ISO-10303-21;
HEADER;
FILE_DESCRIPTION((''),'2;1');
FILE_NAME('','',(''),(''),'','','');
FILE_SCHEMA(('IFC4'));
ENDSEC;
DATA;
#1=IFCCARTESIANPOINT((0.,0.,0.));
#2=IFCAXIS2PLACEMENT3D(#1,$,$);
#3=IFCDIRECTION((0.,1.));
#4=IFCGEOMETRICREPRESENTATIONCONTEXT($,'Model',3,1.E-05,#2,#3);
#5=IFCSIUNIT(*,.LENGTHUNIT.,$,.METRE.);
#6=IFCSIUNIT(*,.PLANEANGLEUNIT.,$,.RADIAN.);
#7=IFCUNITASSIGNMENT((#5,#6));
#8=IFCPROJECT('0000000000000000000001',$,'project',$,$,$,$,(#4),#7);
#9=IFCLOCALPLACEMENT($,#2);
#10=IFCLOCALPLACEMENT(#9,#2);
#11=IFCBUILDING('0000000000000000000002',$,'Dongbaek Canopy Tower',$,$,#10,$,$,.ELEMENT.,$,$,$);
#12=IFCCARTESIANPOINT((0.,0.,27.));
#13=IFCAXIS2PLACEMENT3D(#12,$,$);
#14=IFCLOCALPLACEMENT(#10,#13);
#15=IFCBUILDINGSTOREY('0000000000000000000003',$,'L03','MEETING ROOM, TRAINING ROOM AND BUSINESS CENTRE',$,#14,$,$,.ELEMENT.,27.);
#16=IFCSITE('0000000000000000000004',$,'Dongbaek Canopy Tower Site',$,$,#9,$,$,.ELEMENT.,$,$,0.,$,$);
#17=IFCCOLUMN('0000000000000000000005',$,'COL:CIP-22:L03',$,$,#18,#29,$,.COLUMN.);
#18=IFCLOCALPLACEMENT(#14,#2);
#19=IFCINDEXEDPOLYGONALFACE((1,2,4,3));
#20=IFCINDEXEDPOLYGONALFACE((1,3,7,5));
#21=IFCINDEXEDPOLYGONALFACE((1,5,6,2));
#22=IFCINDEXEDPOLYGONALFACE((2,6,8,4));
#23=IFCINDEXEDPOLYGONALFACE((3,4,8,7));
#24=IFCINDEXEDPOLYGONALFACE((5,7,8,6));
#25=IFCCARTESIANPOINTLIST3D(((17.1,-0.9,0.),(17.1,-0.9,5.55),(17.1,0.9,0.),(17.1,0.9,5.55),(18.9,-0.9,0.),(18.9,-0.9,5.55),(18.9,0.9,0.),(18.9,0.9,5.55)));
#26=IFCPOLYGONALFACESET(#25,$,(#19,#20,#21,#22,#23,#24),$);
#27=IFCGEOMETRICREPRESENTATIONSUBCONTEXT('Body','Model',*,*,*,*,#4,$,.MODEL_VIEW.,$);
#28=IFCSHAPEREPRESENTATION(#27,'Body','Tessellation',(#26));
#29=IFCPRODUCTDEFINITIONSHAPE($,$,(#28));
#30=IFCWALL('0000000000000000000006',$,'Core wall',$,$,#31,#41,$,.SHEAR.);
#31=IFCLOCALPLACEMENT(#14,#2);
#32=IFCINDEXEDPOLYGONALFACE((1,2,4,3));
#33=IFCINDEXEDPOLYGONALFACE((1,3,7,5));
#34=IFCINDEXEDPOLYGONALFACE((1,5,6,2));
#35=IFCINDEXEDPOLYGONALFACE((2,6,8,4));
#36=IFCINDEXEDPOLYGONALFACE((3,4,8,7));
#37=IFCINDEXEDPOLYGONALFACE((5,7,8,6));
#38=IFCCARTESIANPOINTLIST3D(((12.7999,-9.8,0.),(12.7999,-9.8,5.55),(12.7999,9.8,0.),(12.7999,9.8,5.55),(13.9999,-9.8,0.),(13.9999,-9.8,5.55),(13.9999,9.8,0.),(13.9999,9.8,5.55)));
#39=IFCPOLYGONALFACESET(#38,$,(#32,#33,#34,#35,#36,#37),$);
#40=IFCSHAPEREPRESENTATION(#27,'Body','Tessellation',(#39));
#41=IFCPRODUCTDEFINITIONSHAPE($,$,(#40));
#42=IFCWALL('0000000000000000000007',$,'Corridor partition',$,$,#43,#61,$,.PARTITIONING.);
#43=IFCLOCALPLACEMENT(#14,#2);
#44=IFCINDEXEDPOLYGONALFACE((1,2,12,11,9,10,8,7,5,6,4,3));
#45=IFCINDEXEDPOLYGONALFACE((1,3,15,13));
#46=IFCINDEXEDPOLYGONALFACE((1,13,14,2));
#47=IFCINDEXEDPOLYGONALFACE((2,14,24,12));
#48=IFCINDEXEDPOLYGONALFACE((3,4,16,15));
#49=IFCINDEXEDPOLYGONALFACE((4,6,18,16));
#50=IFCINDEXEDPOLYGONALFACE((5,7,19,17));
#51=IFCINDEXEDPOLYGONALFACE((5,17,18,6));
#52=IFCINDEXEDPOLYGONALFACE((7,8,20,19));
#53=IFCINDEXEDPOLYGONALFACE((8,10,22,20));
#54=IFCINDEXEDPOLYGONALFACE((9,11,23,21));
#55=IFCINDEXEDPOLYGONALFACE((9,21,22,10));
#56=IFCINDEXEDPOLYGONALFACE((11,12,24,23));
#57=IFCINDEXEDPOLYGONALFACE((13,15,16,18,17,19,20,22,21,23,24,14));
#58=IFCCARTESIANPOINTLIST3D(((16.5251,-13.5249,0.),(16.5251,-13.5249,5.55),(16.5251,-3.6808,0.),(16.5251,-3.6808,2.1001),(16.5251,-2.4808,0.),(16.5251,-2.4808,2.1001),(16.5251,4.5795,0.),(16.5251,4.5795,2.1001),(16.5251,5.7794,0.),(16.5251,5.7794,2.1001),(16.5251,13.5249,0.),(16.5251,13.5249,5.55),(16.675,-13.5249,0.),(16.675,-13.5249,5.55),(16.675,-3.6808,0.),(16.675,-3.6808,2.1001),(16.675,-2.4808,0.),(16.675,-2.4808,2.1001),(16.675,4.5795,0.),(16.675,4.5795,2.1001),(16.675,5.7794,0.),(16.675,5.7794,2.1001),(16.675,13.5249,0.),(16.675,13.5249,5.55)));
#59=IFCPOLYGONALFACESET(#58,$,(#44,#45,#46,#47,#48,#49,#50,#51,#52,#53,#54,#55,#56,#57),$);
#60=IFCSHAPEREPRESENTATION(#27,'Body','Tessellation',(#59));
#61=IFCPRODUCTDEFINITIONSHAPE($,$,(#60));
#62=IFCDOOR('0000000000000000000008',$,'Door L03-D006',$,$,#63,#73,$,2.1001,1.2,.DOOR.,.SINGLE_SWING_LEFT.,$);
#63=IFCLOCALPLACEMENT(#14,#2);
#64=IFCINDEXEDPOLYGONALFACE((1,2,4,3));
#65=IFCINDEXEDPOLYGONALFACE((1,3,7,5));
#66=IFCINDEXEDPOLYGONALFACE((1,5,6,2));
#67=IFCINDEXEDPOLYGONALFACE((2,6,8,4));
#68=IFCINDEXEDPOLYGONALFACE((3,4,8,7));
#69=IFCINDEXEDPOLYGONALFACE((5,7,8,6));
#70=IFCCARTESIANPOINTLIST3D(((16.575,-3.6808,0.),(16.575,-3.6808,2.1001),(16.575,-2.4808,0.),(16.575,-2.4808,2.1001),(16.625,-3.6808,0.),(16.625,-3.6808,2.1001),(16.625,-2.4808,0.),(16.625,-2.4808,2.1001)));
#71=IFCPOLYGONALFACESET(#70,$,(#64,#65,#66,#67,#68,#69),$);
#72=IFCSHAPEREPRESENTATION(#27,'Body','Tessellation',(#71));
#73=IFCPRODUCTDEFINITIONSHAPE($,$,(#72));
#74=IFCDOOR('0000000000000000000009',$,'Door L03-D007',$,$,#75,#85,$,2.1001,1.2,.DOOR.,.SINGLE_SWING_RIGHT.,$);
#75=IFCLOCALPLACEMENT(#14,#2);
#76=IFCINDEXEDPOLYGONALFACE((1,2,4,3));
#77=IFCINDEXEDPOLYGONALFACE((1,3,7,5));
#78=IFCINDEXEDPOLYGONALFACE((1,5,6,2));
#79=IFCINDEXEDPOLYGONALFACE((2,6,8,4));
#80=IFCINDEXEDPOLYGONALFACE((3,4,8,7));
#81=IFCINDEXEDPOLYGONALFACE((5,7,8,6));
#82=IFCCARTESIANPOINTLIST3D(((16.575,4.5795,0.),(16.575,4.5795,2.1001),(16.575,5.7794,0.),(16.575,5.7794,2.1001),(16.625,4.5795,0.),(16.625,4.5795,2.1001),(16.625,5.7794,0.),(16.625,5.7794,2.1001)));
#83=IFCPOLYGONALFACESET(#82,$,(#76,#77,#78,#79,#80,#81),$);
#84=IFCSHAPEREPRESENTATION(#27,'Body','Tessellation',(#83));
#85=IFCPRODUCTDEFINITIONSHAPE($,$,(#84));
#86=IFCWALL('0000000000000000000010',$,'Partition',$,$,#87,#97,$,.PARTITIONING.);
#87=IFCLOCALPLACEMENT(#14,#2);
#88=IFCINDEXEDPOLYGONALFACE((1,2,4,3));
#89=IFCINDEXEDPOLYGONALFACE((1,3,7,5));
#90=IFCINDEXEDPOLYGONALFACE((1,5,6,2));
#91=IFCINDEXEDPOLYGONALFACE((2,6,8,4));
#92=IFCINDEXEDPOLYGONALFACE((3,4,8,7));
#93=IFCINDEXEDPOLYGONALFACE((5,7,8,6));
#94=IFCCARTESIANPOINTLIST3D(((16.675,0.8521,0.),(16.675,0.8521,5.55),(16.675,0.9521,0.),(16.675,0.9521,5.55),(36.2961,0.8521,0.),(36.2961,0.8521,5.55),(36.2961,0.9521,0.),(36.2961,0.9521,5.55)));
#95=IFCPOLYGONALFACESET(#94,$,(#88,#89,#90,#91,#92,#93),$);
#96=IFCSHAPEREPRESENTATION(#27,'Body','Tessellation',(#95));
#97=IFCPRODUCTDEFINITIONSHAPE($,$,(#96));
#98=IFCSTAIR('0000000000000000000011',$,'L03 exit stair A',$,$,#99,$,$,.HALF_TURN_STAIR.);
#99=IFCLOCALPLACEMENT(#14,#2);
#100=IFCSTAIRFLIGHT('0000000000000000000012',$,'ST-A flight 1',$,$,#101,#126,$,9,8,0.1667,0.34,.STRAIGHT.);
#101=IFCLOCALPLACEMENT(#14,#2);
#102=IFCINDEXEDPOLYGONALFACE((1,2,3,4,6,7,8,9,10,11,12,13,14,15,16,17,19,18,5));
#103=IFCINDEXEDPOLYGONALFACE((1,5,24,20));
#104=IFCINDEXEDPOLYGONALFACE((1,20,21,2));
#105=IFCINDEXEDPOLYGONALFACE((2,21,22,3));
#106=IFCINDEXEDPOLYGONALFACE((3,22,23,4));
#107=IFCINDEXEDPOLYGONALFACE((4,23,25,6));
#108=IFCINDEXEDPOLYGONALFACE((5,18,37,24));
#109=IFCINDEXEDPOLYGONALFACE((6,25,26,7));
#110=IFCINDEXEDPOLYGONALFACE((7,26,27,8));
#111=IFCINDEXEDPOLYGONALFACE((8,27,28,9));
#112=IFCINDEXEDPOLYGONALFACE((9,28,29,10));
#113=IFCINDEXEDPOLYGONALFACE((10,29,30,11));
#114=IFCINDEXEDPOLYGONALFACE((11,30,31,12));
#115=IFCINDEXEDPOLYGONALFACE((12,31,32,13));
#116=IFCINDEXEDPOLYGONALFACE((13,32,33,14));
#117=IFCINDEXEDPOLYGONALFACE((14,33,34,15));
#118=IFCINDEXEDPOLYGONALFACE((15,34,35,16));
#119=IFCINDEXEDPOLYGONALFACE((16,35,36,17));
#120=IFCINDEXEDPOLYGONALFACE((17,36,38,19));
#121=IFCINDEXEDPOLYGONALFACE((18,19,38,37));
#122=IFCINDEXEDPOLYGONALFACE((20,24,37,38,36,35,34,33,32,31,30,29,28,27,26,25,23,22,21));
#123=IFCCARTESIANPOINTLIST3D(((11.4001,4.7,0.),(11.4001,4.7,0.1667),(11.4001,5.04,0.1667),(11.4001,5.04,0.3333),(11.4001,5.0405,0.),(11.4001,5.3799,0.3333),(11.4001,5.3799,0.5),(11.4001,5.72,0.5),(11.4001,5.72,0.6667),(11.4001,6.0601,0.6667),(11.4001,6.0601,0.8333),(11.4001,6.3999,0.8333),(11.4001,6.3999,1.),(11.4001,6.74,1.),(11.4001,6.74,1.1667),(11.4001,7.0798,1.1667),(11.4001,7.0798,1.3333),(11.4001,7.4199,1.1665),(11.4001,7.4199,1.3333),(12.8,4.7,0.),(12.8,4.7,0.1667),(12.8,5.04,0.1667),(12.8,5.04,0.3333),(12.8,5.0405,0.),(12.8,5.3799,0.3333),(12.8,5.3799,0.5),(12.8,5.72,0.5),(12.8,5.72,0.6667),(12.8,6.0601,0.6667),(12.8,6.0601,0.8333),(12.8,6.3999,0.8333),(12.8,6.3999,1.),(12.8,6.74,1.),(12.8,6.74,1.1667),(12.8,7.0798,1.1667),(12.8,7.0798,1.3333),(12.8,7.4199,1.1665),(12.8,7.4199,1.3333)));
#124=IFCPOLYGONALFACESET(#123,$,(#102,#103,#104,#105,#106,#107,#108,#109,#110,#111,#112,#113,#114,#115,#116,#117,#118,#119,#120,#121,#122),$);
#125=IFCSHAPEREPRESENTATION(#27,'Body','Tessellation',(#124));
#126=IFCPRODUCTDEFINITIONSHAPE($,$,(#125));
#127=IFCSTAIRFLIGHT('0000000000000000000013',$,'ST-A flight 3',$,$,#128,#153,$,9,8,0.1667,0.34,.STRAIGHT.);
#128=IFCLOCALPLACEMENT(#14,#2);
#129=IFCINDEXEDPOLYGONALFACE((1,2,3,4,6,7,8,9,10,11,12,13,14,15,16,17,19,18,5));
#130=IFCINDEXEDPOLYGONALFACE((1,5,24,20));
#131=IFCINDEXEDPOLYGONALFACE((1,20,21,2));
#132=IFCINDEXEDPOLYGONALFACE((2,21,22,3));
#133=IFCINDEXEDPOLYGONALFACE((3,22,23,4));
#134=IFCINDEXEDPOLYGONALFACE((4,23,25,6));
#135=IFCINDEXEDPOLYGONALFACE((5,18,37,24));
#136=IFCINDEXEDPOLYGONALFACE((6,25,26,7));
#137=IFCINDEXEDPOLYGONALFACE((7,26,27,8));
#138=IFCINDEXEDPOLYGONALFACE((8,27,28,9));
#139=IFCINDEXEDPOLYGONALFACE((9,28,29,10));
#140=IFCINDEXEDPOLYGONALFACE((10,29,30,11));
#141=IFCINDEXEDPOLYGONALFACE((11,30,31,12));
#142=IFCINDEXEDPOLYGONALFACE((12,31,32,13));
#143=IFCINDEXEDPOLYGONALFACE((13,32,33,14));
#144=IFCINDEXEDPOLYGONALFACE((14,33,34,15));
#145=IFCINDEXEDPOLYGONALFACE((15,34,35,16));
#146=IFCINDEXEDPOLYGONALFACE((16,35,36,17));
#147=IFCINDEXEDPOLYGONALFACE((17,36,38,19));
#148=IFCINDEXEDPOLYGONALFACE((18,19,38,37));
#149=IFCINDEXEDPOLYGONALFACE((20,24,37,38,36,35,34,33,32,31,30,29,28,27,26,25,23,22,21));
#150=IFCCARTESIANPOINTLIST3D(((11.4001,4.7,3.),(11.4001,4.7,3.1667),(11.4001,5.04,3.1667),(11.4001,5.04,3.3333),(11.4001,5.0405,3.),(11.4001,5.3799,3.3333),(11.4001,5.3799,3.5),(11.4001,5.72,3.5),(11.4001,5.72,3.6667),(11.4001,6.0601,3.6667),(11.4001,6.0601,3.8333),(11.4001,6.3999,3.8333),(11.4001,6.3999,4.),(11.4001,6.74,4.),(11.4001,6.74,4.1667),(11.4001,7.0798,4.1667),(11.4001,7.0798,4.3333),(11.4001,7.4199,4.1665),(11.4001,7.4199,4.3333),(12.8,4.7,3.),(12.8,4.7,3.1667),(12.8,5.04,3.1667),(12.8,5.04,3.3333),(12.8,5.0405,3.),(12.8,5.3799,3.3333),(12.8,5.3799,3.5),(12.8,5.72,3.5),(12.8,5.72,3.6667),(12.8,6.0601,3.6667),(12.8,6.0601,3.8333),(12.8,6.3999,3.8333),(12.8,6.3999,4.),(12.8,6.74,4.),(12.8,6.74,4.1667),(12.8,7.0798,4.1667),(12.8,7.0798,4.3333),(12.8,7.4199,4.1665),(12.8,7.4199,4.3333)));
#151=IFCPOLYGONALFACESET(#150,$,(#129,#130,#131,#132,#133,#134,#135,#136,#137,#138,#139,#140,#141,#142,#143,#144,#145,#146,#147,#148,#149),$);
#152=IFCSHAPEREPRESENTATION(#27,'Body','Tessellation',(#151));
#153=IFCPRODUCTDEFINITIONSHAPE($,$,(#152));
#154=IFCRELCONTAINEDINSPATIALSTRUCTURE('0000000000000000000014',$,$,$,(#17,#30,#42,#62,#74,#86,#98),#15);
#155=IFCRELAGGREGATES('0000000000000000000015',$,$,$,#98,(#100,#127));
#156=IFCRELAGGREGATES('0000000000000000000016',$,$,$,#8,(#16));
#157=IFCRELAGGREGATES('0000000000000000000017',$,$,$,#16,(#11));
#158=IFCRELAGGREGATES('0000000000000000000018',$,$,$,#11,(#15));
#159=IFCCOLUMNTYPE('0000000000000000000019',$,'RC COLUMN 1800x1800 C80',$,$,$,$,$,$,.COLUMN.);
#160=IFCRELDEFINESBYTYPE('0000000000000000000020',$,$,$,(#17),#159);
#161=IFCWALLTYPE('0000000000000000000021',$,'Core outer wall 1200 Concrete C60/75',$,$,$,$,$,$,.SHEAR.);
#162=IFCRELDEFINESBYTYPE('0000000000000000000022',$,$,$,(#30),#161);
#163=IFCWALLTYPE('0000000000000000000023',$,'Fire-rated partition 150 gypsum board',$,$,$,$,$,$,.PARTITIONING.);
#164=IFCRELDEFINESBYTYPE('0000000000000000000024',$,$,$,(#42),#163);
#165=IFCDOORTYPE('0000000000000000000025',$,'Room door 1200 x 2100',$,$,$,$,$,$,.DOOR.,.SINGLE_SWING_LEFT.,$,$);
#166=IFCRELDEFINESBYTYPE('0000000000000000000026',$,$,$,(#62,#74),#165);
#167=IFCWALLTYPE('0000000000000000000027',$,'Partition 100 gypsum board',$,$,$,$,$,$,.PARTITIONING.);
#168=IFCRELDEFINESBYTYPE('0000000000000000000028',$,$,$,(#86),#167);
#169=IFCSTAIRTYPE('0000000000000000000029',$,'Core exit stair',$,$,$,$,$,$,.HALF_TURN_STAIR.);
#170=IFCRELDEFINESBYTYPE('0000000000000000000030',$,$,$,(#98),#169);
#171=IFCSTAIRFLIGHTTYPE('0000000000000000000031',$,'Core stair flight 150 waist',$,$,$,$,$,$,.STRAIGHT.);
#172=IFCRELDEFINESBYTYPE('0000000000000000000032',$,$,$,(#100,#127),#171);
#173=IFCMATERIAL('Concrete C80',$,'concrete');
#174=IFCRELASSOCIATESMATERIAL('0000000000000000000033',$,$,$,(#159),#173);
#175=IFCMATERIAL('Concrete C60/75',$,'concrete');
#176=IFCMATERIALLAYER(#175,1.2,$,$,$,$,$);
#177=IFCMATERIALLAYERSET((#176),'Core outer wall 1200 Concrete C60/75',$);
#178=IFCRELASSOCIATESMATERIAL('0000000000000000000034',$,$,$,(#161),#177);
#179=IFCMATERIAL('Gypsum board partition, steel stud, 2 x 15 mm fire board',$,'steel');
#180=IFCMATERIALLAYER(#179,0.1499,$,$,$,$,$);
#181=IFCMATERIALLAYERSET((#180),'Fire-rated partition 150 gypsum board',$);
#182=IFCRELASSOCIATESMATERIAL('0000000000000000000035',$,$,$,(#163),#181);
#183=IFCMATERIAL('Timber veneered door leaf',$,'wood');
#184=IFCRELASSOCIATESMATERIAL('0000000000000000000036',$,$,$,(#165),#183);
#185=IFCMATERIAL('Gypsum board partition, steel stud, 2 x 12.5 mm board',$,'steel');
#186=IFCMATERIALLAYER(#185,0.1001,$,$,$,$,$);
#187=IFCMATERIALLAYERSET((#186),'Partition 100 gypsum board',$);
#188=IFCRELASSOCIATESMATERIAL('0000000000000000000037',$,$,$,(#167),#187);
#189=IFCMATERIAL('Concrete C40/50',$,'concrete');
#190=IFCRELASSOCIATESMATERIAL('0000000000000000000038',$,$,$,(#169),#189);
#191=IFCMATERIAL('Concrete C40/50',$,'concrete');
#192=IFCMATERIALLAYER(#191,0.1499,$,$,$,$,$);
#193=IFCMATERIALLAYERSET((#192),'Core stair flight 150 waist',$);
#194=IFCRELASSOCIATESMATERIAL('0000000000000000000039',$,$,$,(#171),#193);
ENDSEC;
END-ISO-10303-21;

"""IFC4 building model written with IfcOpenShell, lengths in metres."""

from ifc_helpers import new_model, si_unit, direction, frame, frame_2d, origin, origin_2d, place, context, subcontext, project, spatial, polyline, rectangle, outline, extrude, material, layer, layer_set, material_profile, profile_set, type_object, element, fill, aggregate, save


model = new_model("IFC4")

# Units and contexts
model_context = context("Model", 3, precision=1e-05, world=origin(), true_north=direction((0.0, 1.0)))
body_context = subcontext(model_context, "Body", "Model", "MODEL_VIEW")
ifc_project = project(units=[si_unit("LENGTHUNIT", "METRE"), si_unit("PLANEANGLEUNIT", "RADIAN")], contexts=[model_context])

# Site, building, storey
site_placement = place(None, origin())
site = spatial("IfcSite", under=ifc_project, at=site_placement, Name="Dongbaek Canopy Tower Site", CompositionType="ELEMENT", RefElevation=0.0)
building_placement = place(site_placement, origin())
building = spatial("IfcBuilding", under=site, at=building_placement, Name="Dongbaek Canopy Tower", CompositionType="ELEMENT")
storey_placement = place(building_placement, frame((0.0, 0.0, 27.0)))
storey = spatial("IfcBuildingStorey", under=building, at=storey_placement, Name="L03", Description="MEETING ROOM, TRAINING ROOM AND BUSINESS CENTRE", CompositionType="ELEMENT", Elevation=27.0)

# Column
ifc_material_1 = material(Name="Concrete C80", Category="concrete")
ifc_material_profile = material_profile(ifc_material_1, rectangle(XDim=1.8, YDim=1.8, at=origin_2d()), Name="RC COLUMN 1800x1800 C80")
ifc_profile_set = profile_set([ifc_material_profile], Name="Concrete C80")
column_type = type_object("IfcColumnType", Name="RC COLUMN 1800x1800 C80", PredefinedType="COLUMN", material=ifc_profile_set)
column_placement = place(storey_placement, frame((18.0, 0.0, 0.0), z_axis=(0.0, 0.0, 1.0), x_axis=(1.0, 0.0, 0.0)))
element("IfcColumn", 1, at=column_placement, inside=storey, type_object=column_type, Name="COL:CIP-22:L03", PredefinedType="COLUMN", context=body_context, shape_type="SweptSolid", body=[
    extrude(rectangle(XDim=1.8, YDim=1.8, at=origin_2d()), origin(), (0.0, 0.0, 1.0), 5.55),
])

# Wall
ifc_material_2 = material(Name="Concrete C60/75", Category="concrete")
ifc_layer_1 = layer(ifc_material_2, 1.2)
ifc_layer_set_1 = layer_set([ifc_layer_1], Name="Core outer wall 1200 Concrete C60/75")
wall_type_1 = type_object("IfcWallType", Name="Core outer wall 1200 Concrete C60/75", PredefinedType="SHEAR", material=ifc_layer_set_1)
wall_1_placement = place(storey_placement, frame((13.3999, 9.8, 0.0), z_axis=(0.0, 0.0, 1.0), x_axis=(0.0, -1.0, 0.0)))
element("IfcWall", 2, at=wall_1_placement, inside=storey, type_object=wall_type_1, Name="Core wall", PredefinedType="SHEAR", context=body_context, shape_type="SweptSolid", body=[
    extrude(rectangle(XDim=19.6001, YDim=1.2, at=frame_2d((9.8, 0.0))), origin(), (0.0, 0.0, 1.0), 5.55),
])

# Wall, openings, doors
ifc_material_3 = material(Name="Gypsum board partition, steel stud, 2 x 15 mm fire board", Category="steel")
ifc_layer_2 = layer(ifc_material_3, 0.1499)
ifc_layer_set_2 = layer_set([ifc_layer_2], Name="Fire-rated partition 150 gypsum board")
wall_type_2 = type_object("IfcWallType", Name="Fire-rated partition 150 gypsum board", PredefinedType="PARTITIONING", material=ifc_layer_set_2)
wall_2_placement = place(storey_placement, frame((16.6001, 13.5249, 0.0), z_axis=(0.0, 0.0, 1.0), x_axis=(0.0, -1.0, 0.0)))
wall_2 = element("IfcWall", 3, at=wall_2_placement, inside=storey, type_object=wall_type_2, Name="Corridor partition", PredefinedType="PARTITIONING", context=body_context, shape_type="SweptSolid", body=[
    extrude(rectangle(XDim=27.0498, YDim=0.1499, at=frame_2d((13.5249, 0.0))), origin(), (0.0, 0.0, 1.0), 5.55),
])
opening_1_placement = place(wall_2_placement, frame((16.0056, 0.0, 0.0)))
opening_1 = element("IfcOpeningElement", 4, at=opening_1_placement, cuts=wall_2, PredefinedType="OPENING", context=body_context, shape_type="SweptSolid", body=[
    extrude(rectangle(XDim=1.2, YDim=2.1001, at=frame_2d((0.6001, 1.05))), frame((0.0, 0.085, 0.0), z_axis=(0.0, -1.0, 0.0), x_axis=(1.0, 0.0, 0.0)), (0.0, 0.0, 1.0), 0.1699),
])
opening_2_placement = place(wall_2_placement, frame((7.7454, 0.0, 0.0)))
opening_2 = element("IfcOpeningElement", 5, at=opening_2_placement, cuts=wall_2, PredefinedType="OPENING", context=body_context, shape_type="SweptSolid", body=[
    extrude(rectangle(XDim=1.2, YDim=2.1001, at=frame_2d((0.6001, 1.05))), frame((0.0, 0.085, 0.0), z_axis=(0.0, -1.0, 0.0), x_axis=(1.0, 0.0, 0.0)), (0.0, 0.0, 1.0), 0.1699),
])
ifc_material_4 = material(Name="Timber veneered door leaf", Category="wood")
door_type = type_object("IfcDoorType", Name="Room door 1200 x 2100", OperationType="SINGLE_SWING_LEFT", PredefinedType="DOOR", material=ifc_material_4)
door_1_placement = place(opening_1_placement, origin())
door_1 = element("IfcDoor", 6, at=door_1_placement, inside=storey, type_object=door_type, Name="Door L03-D006", OperationType="SINGLE_SWING_LEFT", OverallHeight=2.1001, OverallWidth=1.2, PredefinedType="DOOR", context=body_context, shape_type="SweptSolid", body=[
    extrude(rectangle(XDim=1.2, YDim=2.1001, at=frame_2d((0.6001, 1.05))), frame((0.0, 0.0249, 0.0), z_axis=(0.0, -1.0, 0.0), x_axis=(1.0, 0.0, 0.0)), (0.0, 0.0, 1.0), 0.05),
])
fill(opening_1, door_1)
door_2_placement = place(opening_2_placement, origin())
door_2 = element("IfcDoor", 7, at=door_2_placement, inside=storey, type_object=door_type, Name="Door L03-D007", OperationType="SINGLE_SWING_RIGHT", OverallHeight=2.1001, OverallWidth=1.2, PredefinedType="DOOR", context=body_context, shape_type="SweptSolid", body=[
    extrude(rectangle(XDim=1.2, YDim=2.1001, at=frame_2d((0.6001, 1.05))), frame((0.0, 0.0249, 0.0), z_axis=(0.0, -1.0, 0.0), x_axis=(1.0, 0.0, 0.0)), (0.0, 0.0, 1.0), 0.05),
])
fill(opening_2, door_2)

# Wall
ifc_material_5 = material(Name="Gypsum board partition, steel stud, 2 x 12.5 mm board", Category="steel")
ifc_layer_3 = layer(ifc_material_5, 0.1001)
ifc_layer_set_3 = layer_set([ifc_layer_3], Name="Partition 100 gypsum board")
wall_type_3 = type_object("IfcWallType", Name="Partition 100 gypsum board", PredefinedType="PARTITIONING", material=ifc_layer_set_3)
wall_3_placement = place(storey_placement, frame((16.675, 0.9021, 0.0), z_axis=(0.0, 0.0, 1.0), x_axis=(1.0, 0.0, 0.0)))
element("IfcWall", 8, at=wall_3_placement, inside=storey, type_object=wall_type_3, Name="Partition", PredefinedType="PARTITIONING", context=body_context, shape_type="SweptSolid", body=[
    extrude(rectangle(XDim=19.6211, YDim=0.1001, at=frame_2d((9.8105, 0.0))), origin(), (0.0, 0.0, 1.0), 5.55),
])

# Stair, stair flights
ifc_material_6 = material(Name="Concrete C40/50", Category="concrete")
stair_type = type_object("IfcStairType", Name="Core exit stair", PredefinedType="HALF_TURN_STAIR", material=ifc_material_6)
stair_placement = place(storey_placement, origin())
stair = element("IfcStair", 9, at=stair_placement, inside=storey, type_object=stair_type, Name="L03 exit stair A", PredefinedType="HALF_TURN_STAIR")
ifc_material_7 = material(Name="Concrete C40/50", Category="concrete")
ifc_layer_4 = layer(ifc_material_7, 0.1499)
ifc_layer_set_4 = layer_set([ifc_layer_4], Name="Core stair flight 150 waist")
stair_flight_type = type_object("IfcStairFlightType", Name="Core stair flight 150 waist", PredefinedType="STRAIGHT", material=ifc_layer_set_4)
stair_flight_1_placement = place(storey_placement, frame((12.1001, 4.7, 0.0), z_axis=(0.0, 0.0, 1.0), x_axis=(0.0, 1.0, 0.0)))
stair_flight_1 = element("IfcStairFlight", 10, at=stair_flight_1_placement, type_object=stair_flight_type, Name="ST-A flight 1", NumberOfRisers=9, NumberOfTreads=8, PredefinedType="STRAIGHT", RiserHeight=0.1667, TreadLength=0.34, context=body_context, shape_type="SweptSolid", body=[
    extrude(outline(polyline([(0.0, 0.0), (0.0, 0.1667), (0.3401, 0.1667), (0.3401, 0.3333), (0.6799, 0.3333), (0.6799, 0.5), (1.02, 0.5), (1.02, 0.6667), (1.3601, 0.6667), (1.3601, 0.8333), (1.7, 0.8333), (1.7, 1.0), (2.04, 1.0), (2.04, 1.1667), (2.3799, 1.1667), (2.3799, 1.3333), (2.72, 1.3333), (2.72, 1.5), (2.72, 1.1665), (0.3406, 0.0), (0.0, 0.0)])), frame((0.0, 0.7, 0.0), z_axis=(0.0, -1.0, 0.0), x_axis=(1.0, 0.0, 0.0)), (0.0, 0.0, 1.0), 1.3999),
])
stair_flight_2_placement = place(storey_placement, frame((12.1001, 4.7, 3.0), z_axis=(0.0, 0.0, 1.0), x_axis=(0.0, 1.0, 0.0)))
stair_flight_2 = element("IfcStairFlight", 11, at=stair_flight_2_placement, type_object=stair_flight_type, Name="ST-A flight 3", NumberOfRisers=9, NumberOfTreads=8, PredefinedType="STRAIGHT", RiserHeight=0.1667, TreadLength=0.34, context=body_context, shape_type="SweptSolid", body=[
    extrude(outline(polyline([(0.0, 0.0), (0.0, 0.1667), (0.3401, 0.1667), (0.3401, 0.3333), (0.6799, 0.3333), (0.6799, 0.5), (1.02, 0.5), (1.02, 0.6667), (1.3601, 0.6667), (1.3601, 0.8333), (1.7, 0.8333), (1.7, 1.0), (2.04, 1.0), (2.04, 1.1667), (2.3799, 1.1667), (2.3799, 1.3333), (2.72, 1.3333), (2.72, 1.5), (2.72, 1.1665), (0.3406, 0.0), (0.0, 0.0)])), frame((0.0, 0.7, 0.0), z_axis=(0.0, -1.0, 0.0), x_axis=(1.0, 0.0, 0.0)), (0.0, 0.0, 1.0), 1.3999),
])
aggregate(stair, [stair_flight_1, stair_flight_2])

save(model, "model.ifc")
